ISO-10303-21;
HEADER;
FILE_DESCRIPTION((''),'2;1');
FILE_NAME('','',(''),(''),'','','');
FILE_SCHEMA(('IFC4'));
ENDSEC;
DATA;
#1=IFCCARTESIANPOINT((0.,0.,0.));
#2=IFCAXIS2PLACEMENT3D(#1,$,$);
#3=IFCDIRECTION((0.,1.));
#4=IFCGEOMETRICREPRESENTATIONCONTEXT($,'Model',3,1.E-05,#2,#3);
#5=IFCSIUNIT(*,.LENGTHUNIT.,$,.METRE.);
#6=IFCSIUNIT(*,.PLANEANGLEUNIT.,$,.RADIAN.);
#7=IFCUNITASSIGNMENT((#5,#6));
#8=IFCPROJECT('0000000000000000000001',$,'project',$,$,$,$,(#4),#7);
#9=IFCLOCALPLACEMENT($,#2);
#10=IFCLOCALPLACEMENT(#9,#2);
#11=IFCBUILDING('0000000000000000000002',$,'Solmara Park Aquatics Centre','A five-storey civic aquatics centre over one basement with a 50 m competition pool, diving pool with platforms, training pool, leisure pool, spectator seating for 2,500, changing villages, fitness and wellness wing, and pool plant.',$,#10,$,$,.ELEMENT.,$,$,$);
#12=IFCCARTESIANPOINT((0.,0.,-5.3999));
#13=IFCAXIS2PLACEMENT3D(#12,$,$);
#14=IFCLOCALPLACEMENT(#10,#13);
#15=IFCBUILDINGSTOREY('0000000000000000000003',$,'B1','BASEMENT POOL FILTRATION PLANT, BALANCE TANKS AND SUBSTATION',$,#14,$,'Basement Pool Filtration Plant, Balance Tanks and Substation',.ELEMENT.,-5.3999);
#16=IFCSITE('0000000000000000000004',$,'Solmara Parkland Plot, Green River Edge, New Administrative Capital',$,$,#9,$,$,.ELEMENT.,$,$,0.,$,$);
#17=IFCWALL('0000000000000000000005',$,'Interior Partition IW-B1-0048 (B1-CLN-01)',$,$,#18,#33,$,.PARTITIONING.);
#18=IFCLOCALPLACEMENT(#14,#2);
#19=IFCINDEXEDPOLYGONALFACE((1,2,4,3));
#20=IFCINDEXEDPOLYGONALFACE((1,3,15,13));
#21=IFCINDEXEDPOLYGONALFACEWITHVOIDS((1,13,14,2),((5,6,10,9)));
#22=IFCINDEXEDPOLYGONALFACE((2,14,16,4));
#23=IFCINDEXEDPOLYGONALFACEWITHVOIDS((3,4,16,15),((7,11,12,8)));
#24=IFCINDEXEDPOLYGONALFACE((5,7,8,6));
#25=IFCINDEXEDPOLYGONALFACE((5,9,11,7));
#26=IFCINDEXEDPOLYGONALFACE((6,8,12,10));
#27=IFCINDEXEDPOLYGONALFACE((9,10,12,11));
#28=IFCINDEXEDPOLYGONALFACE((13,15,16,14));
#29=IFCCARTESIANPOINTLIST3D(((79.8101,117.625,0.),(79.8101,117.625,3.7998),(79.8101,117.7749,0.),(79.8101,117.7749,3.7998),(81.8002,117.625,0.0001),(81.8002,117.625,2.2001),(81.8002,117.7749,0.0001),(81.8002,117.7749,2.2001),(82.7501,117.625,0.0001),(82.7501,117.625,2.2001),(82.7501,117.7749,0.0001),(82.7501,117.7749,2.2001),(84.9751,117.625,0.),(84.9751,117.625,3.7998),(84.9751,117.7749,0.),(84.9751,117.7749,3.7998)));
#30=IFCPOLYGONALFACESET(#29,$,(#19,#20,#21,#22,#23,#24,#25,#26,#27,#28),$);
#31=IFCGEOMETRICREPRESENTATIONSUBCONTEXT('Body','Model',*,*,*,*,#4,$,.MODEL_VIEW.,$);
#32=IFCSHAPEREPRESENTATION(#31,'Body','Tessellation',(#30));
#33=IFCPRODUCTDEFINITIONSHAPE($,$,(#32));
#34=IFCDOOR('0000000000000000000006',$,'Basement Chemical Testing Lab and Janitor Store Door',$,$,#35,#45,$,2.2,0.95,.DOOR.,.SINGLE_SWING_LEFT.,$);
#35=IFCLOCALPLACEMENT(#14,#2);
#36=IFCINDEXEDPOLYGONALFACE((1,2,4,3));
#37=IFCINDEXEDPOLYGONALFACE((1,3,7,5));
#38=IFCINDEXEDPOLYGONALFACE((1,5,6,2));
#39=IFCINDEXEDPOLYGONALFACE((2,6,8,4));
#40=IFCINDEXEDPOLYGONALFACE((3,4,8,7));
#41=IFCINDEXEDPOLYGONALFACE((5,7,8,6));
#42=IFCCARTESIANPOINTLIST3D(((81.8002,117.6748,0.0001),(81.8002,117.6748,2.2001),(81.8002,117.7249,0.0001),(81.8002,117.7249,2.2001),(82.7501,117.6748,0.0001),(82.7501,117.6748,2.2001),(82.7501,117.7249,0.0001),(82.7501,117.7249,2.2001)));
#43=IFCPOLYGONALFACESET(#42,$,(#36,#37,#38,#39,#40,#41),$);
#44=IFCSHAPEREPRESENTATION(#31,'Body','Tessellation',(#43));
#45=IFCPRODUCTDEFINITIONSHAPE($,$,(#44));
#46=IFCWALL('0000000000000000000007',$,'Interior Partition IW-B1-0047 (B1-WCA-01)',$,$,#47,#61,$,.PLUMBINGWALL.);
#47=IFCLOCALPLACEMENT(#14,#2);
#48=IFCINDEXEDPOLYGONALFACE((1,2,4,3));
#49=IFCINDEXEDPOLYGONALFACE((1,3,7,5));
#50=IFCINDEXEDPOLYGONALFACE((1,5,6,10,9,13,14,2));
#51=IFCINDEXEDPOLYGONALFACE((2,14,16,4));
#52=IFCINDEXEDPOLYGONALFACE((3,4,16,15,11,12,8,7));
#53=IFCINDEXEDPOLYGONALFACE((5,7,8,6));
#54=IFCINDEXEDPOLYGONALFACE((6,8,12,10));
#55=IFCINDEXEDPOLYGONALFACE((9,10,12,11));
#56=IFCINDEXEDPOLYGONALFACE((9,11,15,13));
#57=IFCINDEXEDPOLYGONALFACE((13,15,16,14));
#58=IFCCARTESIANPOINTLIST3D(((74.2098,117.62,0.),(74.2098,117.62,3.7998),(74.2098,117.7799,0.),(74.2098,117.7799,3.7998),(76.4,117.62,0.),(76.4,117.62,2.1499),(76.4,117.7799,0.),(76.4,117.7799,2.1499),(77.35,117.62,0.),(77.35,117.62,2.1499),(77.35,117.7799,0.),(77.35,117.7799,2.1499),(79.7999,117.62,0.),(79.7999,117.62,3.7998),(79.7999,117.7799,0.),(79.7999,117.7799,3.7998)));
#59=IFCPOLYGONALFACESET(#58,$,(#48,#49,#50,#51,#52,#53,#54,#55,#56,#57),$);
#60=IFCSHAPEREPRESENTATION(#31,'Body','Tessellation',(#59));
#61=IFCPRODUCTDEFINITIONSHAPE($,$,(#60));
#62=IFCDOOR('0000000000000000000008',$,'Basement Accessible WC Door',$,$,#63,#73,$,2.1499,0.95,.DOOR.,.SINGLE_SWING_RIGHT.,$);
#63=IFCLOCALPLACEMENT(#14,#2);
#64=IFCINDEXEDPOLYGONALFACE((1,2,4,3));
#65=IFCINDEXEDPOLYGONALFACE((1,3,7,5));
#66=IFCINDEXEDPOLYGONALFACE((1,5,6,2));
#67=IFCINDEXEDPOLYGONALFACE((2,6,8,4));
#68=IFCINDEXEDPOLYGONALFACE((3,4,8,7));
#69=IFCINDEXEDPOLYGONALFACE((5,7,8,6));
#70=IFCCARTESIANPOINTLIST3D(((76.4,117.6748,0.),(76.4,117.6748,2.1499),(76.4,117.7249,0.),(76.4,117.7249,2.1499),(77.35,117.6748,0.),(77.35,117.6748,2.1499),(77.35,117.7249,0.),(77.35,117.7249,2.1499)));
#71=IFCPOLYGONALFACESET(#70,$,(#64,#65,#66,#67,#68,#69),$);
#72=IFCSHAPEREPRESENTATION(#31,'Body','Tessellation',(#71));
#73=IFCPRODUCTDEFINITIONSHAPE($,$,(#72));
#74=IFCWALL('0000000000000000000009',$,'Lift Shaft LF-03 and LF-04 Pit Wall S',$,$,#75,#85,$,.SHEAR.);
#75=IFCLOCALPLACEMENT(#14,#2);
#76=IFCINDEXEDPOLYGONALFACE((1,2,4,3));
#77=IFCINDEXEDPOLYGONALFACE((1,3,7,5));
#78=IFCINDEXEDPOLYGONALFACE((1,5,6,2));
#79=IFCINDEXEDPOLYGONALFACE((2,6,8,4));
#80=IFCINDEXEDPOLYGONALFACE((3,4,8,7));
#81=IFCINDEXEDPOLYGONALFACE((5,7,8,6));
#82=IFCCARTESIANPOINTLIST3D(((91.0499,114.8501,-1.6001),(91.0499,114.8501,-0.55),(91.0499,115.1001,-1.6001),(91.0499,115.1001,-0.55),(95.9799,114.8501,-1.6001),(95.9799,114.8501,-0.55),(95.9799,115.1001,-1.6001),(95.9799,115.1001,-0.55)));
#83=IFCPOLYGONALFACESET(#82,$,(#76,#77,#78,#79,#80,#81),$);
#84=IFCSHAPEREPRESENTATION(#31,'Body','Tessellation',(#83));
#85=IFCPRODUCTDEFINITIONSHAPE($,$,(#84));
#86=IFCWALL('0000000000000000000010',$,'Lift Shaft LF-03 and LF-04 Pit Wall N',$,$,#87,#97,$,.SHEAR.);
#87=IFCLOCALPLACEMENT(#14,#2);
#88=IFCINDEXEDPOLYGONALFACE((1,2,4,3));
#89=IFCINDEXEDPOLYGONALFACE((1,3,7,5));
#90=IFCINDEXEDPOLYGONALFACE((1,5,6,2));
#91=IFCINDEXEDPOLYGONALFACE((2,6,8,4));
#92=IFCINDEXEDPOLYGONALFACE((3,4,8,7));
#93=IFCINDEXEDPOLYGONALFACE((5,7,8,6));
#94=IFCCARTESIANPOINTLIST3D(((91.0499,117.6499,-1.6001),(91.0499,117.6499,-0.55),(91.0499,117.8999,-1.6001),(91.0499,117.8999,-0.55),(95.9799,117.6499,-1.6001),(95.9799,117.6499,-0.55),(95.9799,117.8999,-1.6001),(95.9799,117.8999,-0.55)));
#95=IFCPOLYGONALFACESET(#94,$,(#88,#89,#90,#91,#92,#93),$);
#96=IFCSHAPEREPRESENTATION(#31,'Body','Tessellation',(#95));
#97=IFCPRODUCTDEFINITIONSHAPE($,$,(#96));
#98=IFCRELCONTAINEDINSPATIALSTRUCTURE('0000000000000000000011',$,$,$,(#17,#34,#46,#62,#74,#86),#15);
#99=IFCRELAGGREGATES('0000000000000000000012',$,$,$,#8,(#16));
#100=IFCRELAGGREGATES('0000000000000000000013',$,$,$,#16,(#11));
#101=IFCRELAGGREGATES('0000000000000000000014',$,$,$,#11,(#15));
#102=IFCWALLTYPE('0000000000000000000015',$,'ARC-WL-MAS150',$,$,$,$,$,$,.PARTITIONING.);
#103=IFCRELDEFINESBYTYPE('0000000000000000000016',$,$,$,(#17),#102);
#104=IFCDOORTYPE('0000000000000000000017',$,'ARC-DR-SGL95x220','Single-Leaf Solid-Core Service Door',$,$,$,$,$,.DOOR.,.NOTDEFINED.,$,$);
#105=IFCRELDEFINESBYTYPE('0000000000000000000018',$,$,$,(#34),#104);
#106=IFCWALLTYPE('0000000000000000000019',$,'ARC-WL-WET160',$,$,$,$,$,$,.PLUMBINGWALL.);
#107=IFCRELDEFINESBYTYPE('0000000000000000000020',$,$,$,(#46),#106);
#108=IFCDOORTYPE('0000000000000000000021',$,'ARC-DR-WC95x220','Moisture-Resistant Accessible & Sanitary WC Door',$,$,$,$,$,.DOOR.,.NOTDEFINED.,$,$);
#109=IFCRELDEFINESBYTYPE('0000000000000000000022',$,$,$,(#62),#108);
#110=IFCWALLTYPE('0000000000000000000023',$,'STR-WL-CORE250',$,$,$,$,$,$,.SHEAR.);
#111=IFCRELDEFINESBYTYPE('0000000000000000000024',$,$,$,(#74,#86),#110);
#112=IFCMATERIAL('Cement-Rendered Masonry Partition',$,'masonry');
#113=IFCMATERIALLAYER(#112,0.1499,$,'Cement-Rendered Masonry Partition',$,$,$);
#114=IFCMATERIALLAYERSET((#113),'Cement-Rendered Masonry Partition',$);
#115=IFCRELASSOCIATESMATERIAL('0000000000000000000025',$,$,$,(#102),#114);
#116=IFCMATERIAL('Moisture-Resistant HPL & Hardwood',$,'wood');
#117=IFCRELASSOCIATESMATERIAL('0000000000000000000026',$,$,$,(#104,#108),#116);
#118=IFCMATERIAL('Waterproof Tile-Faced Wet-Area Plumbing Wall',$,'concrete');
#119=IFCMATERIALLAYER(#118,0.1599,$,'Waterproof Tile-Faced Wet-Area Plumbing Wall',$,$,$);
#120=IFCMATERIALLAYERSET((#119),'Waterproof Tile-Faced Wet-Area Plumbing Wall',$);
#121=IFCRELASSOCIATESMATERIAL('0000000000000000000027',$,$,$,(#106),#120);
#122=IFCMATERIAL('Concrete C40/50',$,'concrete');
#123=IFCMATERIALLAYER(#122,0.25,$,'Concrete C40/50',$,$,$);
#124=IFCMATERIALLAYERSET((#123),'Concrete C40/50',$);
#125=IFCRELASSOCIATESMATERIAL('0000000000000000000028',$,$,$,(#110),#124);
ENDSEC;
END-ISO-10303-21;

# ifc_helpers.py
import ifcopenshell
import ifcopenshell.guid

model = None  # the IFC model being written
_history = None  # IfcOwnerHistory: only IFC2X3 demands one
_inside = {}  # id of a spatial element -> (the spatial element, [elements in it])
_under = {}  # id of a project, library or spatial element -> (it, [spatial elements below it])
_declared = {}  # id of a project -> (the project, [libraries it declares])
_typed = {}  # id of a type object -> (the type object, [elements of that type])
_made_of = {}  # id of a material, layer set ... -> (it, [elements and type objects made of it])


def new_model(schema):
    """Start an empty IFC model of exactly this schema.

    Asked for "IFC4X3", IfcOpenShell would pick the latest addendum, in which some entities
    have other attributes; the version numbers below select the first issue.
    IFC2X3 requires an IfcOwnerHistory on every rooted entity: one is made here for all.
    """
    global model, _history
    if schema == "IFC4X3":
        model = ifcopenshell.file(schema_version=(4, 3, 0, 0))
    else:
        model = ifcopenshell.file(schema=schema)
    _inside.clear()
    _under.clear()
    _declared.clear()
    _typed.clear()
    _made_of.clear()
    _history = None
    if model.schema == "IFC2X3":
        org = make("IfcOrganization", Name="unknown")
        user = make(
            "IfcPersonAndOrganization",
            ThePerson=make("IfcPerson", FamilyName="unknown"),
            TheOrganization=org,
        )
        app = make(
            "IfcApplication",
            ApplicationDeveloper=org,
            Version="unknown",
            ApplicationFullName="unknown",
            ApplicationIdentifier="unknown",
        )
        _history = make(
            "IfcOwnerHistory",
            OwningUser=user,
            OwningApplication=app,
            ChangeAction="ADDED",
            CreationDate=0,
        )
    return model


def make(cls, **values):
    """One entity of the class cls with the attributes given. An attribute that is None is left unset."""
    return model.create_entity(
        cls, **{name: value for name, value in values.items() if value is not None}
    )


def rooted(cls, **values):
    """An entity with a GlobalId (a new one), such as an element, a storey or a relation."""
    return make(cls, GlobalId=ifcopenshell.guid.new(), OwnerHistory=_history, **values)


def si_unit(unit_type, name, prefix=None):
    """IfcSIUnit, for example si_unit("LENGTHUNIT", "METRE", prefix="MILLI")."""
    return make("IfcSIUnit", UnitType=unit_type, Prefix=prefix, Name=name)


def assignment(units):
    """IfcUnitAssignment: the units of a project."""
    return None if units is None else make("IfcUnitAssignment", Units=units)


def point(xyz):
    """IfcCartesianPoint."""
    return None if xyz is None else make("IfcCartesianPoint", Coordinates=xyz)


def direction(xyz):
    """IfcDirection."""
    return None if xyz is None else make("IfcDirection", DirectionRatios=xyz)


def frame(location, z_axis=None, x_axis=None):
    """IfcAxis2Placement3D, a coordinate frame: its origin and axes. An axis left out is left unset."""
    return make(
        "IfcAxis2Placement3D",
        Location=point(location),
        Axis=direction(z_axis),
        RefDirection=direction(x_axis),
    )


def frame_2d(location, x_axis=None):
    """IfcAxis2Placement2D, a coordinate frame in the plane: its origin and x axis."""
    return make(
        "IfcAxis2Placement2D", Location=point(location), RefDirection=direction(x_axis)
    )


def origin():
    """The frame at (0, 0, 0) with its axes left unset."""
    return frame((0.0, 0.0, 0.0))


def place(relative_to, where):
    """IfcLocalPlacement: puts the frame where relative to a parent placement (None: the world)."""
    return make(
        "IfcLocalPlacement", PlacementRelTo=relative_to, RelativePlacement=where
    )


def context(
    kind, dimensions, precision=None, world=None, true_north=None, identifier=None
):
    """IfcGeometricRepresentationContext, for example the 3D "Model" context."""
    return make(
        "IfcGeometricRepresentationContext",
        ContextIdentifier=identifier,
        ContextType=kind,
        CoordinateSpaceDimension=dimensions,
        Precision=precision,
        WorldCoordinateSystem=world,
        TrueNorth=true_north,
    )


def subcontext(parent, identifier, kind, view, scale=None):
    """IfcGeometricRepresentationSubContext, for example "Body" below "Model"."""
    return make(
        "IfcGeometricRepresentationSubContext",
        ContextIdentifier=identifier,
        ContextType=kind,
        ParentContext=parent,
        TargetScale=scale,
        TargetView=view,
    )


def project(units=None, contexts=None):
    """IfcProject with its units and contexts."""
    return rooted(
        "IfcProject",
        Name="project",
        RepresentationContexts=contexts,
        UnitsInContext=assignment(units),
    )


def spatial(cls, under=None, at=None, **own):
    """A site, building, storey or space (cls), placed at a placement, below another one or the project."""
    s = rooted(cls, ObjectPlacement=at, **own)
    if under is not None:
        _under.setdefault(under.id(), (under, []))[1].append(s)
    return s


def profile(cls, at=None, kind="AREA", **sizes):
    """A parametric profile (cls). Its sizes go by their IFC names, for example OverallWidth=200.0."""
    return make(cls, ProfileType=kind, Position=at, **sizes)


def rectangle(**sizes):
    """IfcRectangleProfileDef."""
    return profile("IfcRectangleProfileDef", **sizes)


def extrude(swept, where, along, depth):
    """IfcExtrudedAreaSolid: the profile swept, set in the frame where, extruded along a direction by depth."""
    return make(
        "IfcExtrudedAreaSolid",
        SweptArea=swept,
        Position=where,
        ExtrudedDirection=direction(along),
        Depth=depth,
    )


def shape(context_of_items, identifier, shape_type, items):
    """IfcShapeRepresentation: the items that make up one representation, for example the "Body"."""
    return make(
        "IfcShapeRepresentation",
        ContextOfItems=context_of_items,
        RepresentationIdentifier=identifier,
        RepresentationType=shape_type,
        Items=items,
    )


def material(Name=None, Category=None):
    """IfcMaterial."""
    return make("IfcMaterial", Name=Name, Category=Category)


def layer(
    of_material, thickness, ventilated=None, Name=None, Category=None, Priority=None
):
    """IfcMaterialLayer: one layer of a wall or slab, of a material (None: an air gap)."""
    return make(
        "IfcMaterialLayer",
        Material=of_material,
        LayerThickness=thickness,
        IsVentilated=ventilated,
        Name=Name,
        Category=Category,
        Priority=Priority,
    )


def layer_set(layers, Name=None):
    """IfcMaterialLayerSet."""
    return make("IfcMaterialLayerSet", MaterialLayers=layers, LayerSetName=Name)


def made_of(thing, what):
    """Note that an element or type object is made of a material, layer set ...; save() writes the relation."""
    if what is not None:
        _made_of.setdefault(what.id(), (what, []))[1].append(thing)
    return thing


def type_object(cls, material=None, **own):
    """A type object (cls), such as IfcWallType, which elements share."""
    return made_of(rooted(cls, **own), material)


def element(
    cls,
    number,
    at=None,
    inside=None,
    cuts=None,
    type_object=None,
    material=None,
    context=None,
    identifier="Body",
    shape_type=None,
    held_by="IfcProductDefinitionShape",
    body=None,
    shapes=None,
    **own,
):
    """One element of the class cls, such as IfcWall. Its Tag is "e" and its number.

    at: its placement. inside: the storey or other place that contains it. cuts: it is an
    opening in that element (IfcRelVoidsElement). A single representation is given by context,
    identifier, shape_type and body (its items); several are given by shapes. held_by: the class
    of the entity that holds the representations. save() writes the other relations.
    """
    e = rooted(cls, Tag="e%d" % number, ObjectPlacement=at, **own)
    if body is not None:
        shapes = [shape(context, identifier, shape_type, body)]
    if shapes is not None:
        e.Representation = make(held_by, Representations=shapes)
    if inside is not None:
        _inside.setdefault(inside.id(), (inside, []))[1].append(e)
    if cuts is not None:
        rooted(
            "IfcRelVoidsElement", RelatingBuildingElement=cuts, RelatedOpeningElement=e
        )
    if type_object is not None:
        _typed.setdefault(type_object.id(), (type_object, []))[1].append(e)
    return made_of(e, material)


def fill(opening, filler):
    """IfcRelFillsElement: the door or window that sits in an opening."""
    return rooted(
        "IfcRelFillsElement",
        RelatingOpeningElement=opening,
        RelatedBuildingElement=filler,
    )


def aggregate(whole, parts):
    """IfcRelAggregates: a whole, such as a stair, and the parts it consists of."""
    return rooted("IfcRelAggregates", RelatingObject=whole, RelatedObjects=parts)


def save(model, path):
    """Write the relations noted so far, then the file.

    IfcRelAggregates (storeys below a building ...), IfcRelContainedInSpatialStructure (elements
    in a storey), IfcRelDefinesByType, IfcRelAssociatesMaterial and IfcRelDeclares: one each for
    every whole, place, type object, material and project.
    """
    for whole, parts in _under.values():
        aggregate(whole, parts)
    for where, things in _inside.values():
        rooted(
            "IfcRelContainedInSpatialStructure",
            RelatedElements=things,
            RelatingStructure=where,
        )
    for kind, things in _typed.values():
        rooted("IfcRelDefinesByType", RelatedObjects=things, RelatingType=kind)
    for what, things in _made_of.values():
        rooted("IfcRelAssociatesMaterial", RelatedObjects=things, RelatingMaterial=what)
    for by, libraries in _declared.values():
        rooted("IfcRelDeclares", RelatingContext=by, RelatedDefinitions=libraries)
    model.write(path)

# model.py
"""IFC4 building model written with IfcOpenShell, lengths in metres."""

from ifc_helpers import new_model, si_unit, direction, frame, frame_2d, origin, place, context, subcontext, project, spatial, rectangle, extrude, material, layer, layer_set, type_object, element, fill, save


model = new_model("IFC4")

# Units and contexts
model_context = context("Model", 3, precision=1e-05, world=origin(), true_north=direction((0.0, 1.0)))
body_context = subcontext(model_context, "Body", "Model", "MODEL_VIEW")
ifc_project = project(units=[si_unit("LENGTHUNIT", "METRE"), si_unit("PLANEANGLEUNIT", "RADIAN")], contexts=[model_context])

# Site, building, storey
site_placement = place(None, origin())
site = spatial("IfcSite", under=ifc_project, at=site_placement, Name="Solmara Parkland Plot, Green River Edge, New Administrative Capital", CompositionType="ELEMENT", RefElevation=0.0)
building_placement = place(site_placement, origin())
building = spatial("IfcBuilding", under=site, at=building_placement, Name="Solmara Park Aquatics Centre", Description="A five-storey civic aquatics centre over one basement with a 50 m competition pool, diving pool with platforms, training pool, leisure pool, spectator seating for 2,500, changing villages, fitness and wellness wing, and pool plant.", CompositionType="ELEMENT")
storey_placement = place(building_placement, frame((0.0, 0.0, -5.3999)))
storey = spatial("IfcBuildingStorey", under=building, at=storey_placement, Name="B1", Description="BASEMENT POOL FILTRATION PLANT, BALANCE TANKS AND SUBSTATION", LongName="Basement Pool Filtration Plant, Balance Tanks and Substation", CompositionType="ELEMENT", Elevation=-5.3999)

# Shared definitions
ifc_material_1 = material(Name="Concrete C40/50", Category="concrete")

# Shared definitions
ifc_material_2 = material(Name="Moisture-Resistant HPL & Hardwood", Category="wood")

# Walls, openings, doors
ifc_material_3 = material(Name="Cement-Rendered Masonry Partition", Category="masonry")
ifc_layer_1 = layer(ifc_material_3, 0.1499, Name="Cement-Rendered Masonry Partition")
ifc_layer_set_1 = layer_set([ifc_layer_1], Name="Cement-Rendered Masonry Partition")
wall_type_1 = type_object("IfcWallType", Name="ARC-WL-MAS150", PredefinedType="PARTITIONING", material=ifc_layer_set_1)
wall_1_placement = place(storey_placement, frame((79.8101, 117.7, 0.0), z_axis=(0.0, 0.0, 1.0), x_axis=(1.0, 0.0, 0.0)))
wall_1 = element("IfcWall", 1, at=wall_1_placement, inside=storey, type_object=wall_type_1, Name="Interior Partition IW-B1-0048 (B1-CLN-01)", PredefinedType="PARTITIONING", context=body_context, shape_type="SweptSolid", body=[
    extrude(rectangle(XDim=5.165, YDim=0.1499, at=frame_2d((2.5825, 0.0))), origin(), (0.0, 0.0, 1.0), 3.7998),
])
opening_1_placement = place(wall_1_placement, frame((1.99, 0.0, 0.0)))
opening_1 = element("IfcOpeningElement", 2, at=opening_1_placement, cuts=wall_1, PredefinedType="OPENING", context=body_context, shape_type="SweptSolid", body=[
    extrude(rectangle(XDim=0.95, YDim=2.2, at=frame_2d((0.4751, 1.1001))), frame((0.0, 0.085, 0.0), z_axis=(0.0, -1.0, 0.0), x_axis=(1.0, 0.0, 0.0)), (0.0, 0.0, 1.0), 0.1699),
])
door_type_1 = type_object("IfcDoorType", Name="ARC-DR-SGL95x220", Description="Single-Leaf Solid-Core Service Door", OperationType="NOTDEFINED", PredefinedType="DOOR", material=ifc_material_2)
door_1_placement = place(opening_1_placement, origin())
door_1 = element("IfcDoor", 3, at=door_1_placement, inside=storey, type_object=door_type_1, Name="Basement Chemical Testing Lab and Janitor Store Door", OperationType="SINGLE_SWING_LEFT", OverallHeight=2.2, OverallWidth=0.95, PredefinedType="DOOR", context=body_context, shape_type="SweptSolid", body=[
    extrude(rectangle(XDim=0.95, YDim=2.2, at=frame_2d((0.4751, 1.1001))), frame((0.0, 0.0249, 0.0), z_axis=(0.0, -1.0, 0.0), x_axis=(1.0, 0.0, 0.0)), (0.0, 0.0, 1.0), 0.05),
])
fill(opening_1, door_1)
ifc_material_4 = material(Name="Waterproof Tile-Faced Wet-Area Plumbing Wall", Category="concrete")
ifc_layer_2 = layer(ifc_material_4, 0.1599, Name="Waterproof Tile-Faced Wet-Area Plumbing Wall")
ifc_layer_set_2 = layer_set([ifc_layer_2], Name="Waterproof Tile-Faced Wet-Area Plumbing Wall")
wall_type_2 = type_object("IfcWallType", Name="ARC-WL-WET160", PredefinedType="PLUMBINGWALL", material=ifc_layer_set_2)
wall_2_placement = place(storey_placement, frame((74.21, 117.7, 0.0), z_axis=(0.0, 0.0, 1.0), x_axis=(1.0, 0.0, 0.0)))
wall_2 = element("IfcWall", 4, at=wall_2_placement, inside=storey, type_object=wall_type_2, Name="Interior Partition IW-B1-0047 (B1-WCA-01)", PredefinedType="PLUMBINGWALL", context=body_context, shape_type="SweptSolid", body=[
    extrude(rectangle(XDim=5.5901, YDim=0.1599, at=frame_2d((2.7949, 0.0))), origin(), (0.0, 0.0, 1.0), 3.7998),
])
opening_2_placement = place(wall_2_placement, frame((2.1899, 0.0, 0.0)))
opening_2 = element("IfcOpeningElement", 5, at=opening_2_placement, cuts=wall_2, PredefinedType="OPENING", context=body_context, shape_type="SweptSolid", body=[
    extrude(rectangle(XDim=0.95, YDim=2.1499, at=frame_2d((0.4751, 1.075))), frame((0.0, 0.0898, 0.0), z_axis=(0.0, -1.0, 0.0), x_axis=(1.0, 0.0, 0.0)), (0.0, 0.0, 1.0), 0.1799),
])
door_type_2 = type_object("IfcDoorType", Name="ARC-DR-WC95x220", Description="Moisture-Resistant Accessible & Sanitary WC Door", OperationType="NOTDEFINED", PredefinedType="DOOR", material=ifc_material_2)
door_2_placement = place(opening_2_placement, origin())
door_2 = element("IfcDoor", 6, at=door_2_placement, inside=storey, type_object=door_type_2, Name="Basement Accessible WC Door", OperationType="SINGLE_SWING_RIGHT", OverallHeight=2.1499, OverallWidth=0.95, PredefinedType="DOOR", context=body_context, shape_type="SweptSolid", body=[
    extrude(rectangle(XDim=0.95, YDim=2.1499, at=frame_2d((0.4751, 1.075))), frame((0.0, 0.0249, 0.0), z_axis=(0.0, -1.0, 0.0), x_axis=(1.0, 0.0, 0.0)), (0.0, 0.0, 1.0), 0.05),
])
fill(opening_2, door_2)

# Walls
ifc_layer_3 = layer(ifc_material_1, 0.25, Name="Concrete C40/50")
ifc_layer_set_3 = layer_set([ifc_layer_3], Name="Concrete C40/50")
wall_type_3 = type_object("IfcWallType", Name="STR-WL-CORE250", PredefinedType="SHEAR", material=ifc_layer_set_3)
for number, where, z_axis, x_axis, name in (
    (7, (91.05, 114.9751, -1.6001), (0.0, 0.0, 1.0), (1.0, 0.0, 0.0), "Lift Shaft LF-03 and LF-04 Pit Wall S"),
    (8, (91.05, 117.7749, -1.6001), (0.0, 0.0, 1.0), (1.0, 0.0, 0.0), "Lift Shaft LF-03 and LF-04 Pit Wall N"),
):
    element("IfcWall", number, at=place(storey_placement, frame(where, z_axis=z_axis, x_axis=x_axis)), inside=storey, type_object=wall_type_3, Name=name, PredefinedType="SHEAR", context=body_context, shape_type="SweptSolid", body=[
        extrude(rectangle(XDim=4.9299, YDim=0.25, at=frame_2d((2.4648, 0.0))), origin(), (0.0, 0.0, 1.0), 1.05),
    ])

save(model, "model.ifc")
